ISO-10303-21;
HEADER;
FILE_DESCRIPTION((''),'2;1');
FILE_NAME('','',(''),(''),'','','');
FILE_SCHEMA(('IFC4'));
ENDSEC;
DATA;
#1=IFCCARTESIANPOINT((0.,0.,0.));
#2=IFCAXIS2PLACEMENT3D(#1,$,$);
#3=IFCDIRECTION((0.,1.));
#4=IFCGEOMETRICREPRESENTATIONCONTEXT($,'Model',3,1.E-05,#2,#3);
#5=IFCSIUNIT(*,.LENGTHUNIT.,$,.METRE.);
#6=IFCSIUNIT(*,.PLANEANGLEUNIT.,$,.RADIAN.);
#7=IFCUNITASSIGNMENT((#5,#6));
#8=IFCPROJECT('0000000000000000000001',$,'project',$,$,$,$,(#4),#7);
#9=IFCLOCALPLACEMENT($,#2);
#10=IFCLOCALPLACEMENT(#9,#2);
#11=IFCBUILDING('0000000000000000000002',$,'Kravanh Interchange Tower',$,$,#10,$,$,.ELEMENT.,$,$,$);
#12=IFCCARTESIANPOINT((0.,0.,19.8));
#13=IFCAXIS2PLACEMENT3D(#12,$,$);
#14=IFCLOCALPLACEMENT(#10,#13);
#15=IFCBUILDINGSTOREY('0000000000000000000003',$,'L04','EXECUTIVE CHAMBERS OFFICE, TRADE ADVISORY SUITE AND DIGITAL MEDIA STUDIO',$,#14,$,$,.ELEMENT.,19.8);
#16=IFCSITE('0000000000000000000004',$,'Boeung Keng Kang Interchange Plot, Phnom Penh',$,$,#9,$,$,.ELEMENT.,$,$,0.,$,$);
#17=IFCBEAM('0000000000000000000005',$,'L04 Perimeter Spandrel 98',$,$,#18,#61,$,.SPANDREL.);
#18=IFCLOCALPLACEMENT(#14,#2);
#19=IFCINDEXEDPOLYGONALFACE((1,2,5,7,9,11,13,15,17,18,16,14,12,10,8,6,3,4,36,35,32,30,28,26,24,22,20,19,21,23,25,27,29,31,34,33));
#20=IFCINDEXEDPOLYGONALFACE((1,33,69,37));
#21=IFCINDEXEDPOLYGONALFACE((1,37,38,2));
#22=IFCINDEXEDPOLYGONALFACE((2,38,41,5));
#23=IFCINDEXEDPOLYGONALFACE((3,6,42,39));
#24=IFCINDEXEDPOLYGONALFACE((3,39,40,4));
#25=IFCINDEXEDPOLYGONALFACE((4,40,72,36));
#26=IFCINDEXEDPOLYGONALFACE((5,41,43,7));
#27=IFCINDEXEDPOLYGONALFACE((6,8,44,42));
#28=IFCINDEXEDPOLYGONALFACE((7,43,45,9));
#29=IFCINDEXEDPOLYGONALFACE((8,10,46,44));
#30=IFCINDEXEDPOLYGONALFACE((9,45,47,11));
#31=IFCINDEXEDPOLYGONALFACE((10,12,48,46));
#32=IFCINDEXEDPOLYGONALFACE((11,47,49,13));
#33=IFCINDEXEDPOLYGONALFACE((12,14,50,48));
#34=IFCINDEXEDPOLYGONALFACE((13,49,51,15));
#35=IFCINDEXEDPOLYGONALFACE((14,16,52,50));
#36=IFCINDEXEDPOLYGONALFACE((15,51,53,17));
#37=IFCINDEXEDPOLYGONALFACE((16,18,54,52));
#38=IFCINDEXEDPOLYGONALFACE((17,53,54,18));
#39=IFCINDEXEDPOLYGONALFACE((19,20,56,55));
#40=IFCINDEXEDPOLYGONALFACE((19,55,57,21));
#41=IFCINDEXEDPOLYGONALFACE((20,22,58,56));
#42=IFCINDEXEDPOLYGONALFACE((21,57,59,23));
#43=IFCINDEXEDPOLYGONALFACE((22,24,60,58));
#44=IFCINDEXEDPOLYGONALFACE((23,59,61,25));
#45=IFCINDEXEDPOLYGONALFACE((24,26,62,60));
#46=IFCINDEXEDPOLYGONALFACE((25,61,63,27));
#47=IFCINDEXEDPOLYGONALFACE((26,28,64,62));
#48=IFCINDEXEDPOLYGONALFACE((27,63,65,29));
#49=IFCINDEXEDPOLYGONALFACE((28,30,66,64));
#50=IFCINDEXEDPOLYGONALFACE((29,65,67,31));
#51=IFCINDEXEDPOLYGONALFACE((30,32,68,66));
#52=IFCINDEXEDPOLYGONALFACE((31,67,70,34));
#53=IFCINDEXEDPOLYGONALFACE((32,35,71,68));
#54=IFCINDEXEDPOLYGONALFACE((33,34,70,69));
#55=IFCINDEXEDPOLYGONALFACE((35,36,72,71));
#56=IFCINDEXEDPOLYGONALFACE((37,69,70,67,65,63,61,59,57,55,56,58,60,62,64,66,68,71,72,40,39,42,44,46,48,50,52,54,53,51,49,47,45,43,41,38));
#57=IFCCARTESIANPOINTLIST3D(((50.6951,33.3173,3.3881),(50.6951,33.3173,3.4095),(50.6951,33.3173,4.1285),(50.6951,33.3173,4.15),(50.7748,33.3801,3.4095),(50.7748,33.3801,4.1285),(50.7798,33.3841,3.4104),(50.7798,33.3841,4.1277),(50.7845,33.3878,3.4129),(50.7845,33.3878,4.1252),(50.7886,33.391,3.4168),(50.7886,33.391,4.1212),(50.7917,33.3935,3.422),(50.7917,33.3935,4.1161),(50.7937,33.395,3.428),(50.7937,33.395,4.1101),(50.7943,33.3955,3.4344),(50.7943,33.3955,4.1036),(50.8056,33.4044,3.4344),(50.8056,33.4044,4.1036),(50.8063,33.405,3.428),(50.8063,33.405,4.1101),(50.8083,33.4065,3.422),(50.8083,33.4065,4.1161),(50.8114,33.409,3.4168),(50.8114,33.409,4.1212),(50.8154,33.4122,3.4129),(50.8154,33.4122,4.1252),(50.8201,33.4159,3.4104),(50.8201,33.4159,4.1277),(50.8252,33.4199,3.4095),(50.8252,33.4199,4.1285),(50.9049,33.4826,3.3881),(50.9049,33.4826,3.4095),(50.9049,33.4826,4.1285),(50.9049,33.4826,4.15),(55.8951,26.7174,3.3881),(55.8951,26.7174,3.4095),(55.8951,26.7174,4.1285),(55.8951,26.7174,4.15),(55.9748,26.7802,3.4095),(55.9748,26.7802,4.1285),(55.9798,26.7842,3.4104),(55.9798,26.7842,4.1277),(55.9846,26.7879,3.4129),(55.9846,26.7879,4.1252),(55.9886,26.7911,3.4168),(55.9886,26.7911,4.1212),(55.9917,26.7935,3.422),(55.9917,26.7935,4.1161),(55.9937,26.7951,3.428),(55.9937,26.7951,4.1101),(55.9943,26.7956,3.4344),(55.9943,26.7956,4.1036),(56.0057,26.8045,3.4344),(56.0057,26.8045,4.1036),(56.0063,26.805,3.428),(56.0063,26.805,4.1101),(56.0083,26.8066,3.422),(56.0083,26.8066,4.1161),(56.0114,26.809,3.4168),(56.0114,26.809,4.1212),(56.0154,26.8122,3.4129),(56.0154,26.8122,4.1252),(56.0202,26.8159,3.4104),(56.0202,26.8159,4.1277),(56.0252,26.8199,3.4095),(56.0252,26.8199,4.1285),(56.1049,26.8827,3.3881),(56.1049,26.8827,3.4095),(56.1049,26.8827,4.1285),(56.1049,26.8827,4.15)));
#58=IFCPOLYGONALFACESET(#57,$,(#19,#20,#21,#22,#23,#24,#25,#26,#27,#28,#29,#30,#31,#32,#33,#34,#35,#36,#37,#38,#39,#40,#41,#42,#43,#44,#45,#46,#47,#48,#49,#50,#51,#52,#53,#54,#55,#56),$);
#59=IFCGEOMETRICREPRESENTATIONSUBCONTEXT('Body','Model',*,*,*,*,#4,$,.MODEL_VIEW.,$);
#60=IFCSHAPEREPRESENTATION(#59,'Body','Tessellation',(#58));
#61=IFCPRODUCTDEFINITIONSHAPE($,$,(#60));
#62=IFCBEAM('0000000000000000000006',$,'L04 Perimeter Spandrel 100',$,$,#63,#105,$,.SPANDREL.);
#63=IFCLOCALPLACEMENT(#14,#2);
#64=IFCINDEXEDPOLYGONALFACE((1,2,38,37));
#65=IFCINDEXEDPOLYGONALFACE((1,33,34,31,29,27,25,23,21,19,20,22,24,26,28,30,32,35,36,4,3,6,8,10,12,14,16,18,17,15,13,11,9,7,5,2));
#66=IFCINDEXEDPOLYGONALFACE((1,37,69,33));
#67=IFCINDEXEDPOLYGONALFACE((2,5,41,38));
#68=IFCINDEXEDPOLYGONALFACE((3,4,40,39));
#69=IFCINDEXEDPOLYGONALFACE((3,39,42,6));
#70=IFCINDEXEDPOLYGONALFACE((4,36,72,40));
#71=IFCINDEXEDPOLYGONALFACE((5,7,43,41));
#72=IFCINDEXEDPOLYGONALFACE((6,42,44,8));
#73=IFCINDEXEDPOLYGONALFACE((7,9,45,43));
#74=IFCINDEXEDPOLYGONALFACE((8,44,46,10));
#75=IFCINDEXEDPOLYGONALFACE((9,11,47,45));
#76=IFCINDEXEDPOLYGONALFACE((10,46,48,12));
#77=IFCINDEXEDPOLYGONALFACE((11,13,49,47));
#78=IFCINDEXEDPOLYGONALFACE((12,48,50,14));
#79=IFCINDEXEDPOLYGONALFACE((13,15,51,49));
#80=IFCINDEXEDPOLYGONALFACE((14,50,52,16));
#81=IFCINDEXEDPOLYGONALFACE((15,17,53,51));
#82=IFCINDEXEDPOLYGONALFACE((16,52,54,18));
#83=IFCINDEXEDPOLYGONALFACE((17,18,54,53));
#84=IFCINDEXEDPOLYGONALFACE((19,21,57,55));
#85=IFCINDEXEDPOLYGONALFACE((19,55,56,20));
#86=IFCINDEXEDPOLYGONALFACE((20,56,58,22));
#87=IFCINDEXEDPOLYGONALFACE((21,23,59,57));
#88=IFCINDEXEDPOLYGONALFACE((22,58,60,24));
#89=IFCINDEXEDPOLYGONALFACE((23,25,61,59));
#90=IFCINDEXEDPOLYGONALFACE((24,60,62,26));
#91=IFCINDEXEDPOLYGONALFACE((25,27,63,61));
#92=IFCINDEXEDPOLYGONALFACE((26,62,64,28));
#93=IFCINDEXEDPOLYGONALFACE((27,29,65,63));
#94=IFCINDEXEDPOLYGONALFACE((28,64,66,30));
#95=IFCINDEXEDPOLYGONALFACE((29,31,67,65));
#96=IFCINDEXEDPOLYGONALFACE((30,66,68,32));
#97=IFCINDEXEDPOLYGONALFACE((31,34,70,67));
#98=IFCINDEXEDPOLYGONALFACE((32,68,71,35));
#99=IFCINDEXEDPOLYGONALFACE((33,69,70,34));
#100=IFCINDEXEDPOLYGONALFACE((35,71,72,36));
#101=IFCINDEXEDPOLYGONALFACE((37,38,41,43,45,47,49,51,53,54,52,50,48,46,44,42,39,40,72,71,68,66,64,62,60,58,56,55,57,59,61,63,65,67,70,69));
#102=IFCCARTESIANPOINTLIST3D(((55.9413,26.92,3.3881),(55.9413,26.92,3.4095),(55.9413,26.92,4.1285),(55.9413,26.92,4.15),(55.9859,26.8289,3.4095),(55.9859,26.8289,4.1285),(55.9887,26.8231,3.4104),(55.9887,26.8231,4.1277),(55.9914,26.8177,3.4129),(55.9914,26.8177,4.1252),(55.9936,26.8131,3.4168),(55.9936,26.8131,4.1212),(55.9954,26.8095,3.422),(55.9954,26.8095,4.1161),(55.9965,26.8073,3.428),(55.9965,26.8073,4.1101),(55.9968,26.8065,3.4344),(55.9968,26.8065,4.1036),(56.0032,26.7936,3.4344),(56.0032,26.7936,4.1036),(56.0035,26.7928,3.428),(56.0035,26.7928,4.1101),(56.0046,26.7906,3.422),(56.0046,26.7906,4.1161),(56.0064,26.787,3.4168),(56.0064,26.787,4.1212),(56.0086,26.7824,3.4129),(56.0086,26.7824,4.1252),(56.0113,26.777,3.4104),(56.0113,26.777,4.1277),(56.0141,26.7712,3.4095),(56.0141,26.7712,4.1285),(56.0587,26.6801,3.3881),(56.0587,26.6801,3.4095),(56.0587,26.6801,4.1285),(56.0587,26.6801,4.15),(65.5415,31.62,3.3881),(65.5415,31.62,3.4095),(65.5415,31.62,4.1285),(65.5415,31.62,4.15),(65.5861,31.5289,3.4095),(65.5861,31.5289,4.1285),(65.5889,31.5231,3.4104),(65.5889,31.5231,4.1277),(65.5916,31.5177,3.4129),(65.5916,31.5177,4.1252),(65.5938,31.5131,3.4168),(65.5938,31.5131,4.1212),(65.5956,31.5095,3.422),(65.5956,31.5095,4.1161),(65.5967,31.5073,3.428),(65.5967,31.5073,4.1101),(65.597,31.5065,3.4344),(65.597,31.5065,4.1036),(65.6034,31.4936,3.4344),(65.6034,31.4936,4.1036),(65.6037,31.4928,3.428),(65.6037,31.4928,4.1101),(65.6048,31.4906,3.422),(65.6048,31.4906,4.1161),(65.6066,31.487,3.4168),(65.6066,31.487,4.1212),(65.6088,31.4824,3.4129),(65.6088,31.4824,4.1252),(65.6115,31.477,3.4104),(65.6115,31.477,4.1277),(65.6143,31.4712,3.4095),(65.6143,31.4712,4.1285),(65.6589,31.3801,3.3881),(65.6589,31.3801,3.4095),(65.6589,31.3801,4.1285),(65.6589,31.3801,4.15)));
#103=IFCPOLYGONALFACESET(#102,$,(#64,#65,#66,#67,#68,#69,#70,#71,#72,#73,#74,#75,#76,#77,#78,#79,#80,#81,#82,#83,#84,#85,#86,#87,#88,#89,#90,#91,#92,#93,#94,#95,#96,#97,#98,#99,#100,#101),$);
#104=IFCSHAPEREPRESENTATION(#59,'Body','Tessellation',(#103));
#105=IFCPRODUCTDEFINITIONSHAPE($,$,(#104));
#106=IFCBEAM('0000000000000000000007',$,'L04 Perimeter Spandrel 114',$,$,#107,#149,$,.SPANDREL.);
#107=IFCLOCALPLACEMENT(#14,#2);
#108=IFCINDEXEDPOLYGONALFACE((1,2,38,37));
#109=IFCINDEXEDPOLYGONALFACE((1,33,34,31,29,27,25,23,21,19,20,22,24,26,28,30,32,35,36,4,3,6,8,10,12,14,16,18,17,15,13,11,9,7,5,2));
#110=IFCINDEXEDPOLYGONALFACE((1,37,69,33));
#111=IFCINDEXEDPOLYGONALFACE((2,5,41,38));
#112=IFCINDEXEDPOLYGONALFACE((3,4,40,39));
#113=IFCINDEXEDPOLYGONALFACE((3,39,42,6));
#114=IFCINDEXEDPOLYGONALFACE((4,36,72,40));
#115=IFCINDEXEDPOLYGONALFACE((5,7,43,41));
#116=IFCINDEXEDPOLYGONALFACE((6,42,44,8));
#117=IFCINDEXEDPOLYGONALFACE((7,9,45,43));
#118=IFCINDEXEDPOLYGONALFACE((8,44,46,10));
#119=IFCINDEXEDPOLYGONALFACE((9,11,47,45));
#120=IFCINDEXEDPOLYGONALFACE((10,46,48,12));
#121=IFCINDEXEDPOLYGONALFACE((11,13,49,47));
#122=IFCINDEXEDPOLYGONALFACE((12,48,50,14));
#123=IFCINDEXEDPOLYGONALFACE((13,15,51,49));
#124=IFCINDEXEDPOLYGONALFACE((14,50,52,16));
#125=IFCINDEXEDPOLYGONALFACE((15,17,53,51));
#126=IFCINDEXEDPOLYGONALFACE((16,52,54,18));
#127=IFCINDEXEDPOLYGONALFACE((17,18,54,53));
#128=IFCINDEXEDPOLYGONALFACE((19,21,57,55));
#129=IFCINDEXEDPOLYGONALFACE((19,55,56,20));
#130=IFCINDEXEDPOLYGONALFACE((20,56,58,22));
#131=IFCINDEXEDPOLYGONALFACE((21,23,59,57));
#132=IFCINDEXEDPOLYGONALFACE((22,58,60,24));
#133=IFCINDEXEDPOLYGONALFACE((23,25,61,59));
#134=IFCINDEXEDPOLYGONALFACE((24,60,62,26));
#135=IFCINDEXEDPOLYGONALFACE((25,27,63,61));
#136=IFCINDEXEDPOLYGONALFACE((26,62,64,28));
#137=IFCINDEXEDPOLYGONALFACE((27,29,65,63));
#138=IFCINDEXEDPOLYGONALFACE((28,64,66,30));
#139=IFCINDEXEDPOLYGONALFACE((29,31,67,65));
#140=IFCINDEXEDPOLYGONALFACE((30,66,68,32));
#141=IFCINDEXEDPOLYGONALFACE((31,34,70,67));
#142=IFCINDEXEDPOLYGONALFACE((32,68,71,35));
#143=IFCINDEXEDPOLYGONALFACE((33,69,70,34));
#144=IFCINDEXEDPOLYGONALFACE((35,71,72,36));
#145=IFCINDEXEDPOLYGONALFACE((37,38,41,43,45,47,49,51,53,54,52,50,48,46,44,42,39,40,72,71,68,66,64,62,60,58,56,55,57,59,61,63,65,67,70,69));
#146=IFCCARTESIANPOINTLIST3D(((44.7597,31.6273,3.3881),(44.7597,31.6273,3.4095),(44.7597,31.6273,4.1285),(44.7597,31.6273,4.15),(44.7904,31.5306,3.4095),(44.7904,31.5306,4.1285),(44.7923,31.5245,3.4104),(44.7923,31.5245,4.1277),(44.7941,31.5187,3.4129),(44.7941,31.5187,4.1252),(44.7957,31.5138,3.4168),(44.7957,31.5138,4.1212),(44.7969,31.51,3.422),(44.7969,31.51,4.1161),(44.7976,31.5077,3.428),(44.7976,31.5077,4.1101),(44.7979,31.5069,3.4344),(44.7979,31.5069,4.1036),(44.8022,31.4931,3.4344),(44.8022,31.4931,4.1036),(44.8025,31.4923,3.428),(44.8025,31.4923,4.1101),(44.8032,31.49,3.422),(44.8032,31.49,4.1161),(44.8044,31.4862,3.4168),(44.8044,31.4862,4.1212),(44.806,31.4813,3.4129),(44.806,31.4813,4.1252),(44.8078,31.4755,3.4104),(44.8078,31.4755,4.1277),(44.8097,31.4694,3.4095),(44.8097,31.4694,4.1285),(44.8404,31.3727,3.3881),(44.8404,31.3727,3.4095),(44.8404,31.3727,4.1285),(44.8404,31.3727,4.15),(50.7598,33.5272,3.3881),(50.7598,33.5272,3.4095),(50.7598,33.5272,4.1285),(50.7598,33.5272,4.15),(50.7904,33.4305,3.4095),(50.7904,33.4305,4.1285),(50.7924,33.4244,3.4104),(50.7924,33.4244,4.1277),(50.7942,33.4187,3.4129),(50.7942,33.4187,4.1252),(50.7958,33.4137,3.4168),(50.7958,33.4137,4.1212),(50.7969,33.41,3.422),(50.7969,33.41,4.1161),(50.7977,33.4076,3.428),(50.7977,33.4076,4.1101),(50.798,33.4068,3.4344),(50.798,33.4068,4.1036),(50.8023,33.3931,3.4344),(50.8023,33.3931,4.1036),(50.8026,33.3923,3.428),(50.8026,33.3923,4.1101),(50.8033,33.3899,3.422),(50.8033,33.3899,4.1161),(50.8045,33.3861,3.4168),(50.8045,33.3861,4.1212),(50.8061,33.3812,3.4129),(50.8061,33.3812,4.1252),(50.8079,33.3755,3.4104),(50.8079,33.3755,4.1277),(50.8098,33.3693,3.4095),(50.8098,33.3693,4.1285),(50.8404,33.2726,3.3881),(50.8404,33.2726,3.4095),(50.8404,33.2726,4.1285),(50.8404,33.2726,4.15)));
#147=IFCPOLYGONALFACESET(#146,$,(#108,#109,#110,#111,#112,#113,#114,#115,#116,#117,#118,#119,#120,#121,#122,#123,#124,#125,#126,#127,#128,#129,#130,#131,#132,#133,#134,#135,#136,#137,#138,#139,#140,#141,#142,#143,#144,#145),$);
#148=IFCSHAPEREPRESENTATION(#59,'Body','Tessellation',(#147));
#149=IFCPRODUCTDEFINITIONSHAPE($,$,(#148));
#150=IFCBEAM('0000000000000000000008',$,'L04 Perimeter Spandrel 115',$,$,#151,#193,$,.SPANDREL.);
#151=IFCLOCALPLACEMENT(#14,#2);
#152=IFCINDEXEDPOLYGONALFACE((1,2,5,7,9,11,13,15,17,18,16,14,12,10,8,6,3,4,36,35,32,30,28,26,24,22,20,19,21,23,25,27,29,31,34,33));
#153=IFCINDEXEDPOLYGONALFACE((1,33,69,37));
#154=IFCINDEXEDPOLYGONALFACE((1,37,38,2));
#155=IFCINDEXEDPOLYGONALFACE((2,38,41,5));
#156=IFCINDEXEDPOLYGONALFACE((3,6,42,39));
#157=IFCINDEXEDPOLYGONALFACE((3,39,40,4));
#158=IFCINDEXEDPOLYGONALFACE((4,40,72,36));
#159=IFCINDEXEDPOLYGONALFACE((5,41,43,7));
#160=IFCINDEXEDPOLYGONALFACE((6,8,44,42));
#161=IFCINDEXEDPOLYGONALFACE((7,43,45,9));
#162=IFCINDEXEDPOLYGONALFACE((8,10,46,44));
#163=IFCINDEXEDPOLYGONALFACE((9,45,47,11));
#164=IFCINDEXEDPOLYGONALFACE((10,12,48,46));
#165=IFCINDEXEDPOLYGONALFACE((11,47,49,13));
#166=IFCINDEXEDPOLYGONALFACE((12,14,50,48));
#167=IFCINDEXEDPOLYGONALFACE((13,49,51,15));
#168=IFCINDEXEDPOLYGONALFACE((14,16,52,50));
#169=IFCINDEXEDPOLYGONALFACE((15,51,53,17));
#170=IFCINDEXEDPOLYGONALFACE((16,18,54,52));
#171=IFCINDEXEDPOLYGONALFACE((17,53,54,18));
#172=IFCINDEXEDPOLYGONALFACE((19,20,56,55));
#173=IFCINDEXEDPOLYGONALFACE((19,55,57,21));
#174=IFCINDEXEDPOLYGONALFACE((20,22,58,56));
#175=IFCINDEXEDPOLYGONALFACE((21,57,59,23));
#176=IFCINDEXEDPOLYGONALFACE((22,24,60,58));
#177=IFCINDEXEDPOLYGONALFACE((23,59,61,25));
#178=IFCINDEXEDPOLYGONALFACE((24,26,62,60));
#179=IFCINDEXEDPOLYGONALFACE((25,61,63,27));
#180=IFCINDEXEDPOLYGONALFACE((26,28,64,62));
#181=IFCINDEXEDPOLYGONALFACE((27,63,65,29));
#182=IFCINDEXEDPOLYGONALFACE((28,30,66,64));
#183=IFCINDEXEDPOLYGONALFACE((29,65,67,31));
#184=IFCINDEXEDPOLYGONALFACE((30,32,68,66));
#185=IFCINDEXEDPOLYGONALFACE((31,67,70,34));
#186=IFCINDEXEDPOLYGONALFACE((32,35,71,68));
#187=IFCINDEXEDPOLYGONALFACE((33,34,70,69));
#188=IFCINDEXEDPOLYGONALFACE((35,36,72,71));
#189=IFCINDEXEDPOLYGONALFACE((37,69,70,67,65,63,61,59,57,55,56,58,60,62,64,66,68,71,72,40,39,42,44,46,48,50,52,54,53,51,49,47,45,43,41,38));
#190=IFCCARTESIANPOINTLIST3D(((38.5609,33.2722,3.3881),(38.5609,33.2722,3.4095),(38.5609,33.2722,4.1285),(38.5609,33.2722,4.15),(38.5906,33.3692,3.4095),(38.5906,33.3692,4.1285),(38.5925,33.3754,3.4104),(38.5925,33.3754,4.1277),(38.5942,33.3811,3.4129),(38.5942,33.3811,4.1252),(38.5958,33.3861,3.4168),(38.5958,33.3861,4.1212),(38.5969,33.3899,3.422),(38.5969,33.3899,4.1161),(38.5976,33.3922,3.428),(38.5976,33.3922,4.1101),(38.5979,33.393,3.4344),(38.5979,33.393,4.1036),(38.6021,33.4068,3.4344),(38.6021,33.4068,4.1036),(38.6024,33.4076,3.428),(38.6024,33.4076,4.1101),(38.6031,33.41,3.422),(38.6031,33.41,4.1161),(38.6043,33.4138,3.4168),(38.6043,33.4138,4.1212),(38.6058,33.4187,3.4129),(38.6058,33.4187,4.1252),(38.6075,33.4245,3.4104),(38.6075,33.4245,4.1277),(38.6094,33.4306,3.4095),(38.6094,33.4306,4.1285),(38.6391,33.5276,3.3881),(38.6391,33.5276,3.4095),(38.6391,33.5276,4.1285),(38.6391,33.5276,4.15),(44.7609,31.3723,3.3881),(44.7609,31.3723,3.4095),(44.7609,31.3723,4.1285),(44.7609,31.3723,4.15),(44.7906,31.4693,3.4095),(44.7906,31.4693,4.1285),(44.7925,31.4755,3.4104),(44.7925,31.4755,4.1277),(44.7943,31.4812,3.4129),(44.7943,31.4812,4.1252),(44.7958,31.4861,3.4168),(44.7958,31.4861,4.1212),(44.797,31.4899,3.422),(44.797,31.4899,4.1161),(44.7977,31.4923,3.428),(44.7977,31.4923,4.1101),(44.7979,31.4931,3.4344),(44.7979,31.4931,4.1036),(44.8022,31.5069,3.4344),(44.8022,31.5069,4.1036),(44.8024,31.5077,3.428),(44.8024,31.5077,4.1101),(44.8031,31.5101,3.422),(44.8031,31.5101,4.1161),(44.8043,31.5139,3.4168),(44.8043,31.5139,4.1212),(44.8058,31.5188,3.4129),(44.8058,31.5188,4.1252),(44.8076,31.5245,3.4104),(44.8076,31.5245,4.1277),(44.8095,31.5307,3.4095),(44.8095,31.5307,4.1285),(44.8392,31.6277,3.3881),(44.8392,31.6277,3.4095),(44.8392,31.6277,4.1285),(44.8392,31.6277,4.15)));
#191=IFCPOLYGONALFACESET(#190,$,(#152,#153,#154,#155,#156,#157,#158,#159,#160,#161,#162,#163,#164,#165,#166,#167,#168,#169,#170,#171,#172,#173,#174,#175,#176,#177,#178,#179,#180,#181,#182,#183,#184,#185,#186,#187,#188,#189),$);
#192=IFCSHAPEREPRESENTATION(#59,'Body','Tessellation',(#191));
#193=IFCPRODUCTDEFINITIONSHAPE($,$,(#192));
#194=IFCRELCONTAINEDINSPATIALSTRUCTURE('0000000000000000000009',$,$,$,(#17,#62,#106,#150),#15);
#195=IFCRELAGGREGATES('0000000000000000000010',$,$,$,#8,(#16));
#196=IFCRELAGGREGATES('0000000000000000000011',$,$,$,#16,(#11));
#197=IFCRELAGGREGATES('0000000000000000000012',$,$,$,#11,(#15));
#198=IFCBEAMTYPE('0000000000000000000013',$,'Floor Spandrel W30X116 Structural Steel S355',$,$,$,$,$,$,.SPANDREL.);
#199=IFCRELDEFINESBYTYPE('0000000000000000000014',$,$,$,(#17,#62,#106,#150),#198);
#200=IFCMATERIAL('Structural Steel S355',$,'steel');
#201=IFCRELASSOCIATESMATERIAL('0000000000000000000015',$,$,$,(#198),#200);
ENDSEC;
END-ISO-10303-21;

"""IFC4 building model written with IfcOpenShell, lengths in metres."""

from ifc_helpers import new_model, si_unit, direction, frame, origin, origin_2d, place, context, subcontext, project, spatial, i_section, extrude, material, material_profile, profile_set, type_object, element, save


model = new_model("IFC4")

# Units and contexts
model_context = context("Model", 3, precision=1e-05, world=origin(), true_north=direction((0.0, 1.0)))
body_context = subcontext(model_context, "Body", "Model", "MODEL_VIEW")
ifc_project = project(units=[si_unit("LENGTHUNIT", "METRE"), si_unit("PLANEANGLEUNIT", "RADIAN")], contexts=[model_context])

# Site, building, storey
site_placement = place(None, origin())
site = spatial("IfcSite", under=ifc_project, at=site_placement, Name="Boeung Keng Kang Interchange Plot, Phnom Penh", CompositionType="ELEMENT", RefElevation=0.0)
building_placement = place(site_placement, origin())
building = spatial("IfcBuilding", under=site, at=building_placement, Name="Kravanh Interchange Tower", CompositionType="ELEMENT")
storey_placement = place(building_placement, frame((0.0, 0.0, 19.8)))
storey = spatial("IfcBuildingStorey", under=building, at=storey_placement, Name="L04", Description="EXECUTIVE CHAMBERS OFFICE, TRADE ADVISORY SUITE AND DIGITAL MEDIA STUDIO", CompositionType="ELEMENT", Elevation=19.8)

# Beams
ifc_material_1 = material(Name="Structural Steel S355", Category="steel")
ifc_material_profile_1 = material_profile(ifc_material_1, i_section(OverallWidth=0.2671, OverallDepth=0.762, WebThickness=0.0144, FlangeThickness=0.0215, FilletRadius=0.0249, at=origin_2d()), Name="W30X116")
ifc_profile_set_1 = profile_set([ifc_material_profile_1], Name="Structural Steel S355")
beam_type_1 = type_object("IfcBeamType", Name="Floor Spandrel W30X116 Structural Steel S355", PredefinedType="SPANDREL", material=ifc_profile_set_1)
beam_1_placement = place(storey_placement, frame((56.0, 26.8, 3.769), z_axis=(-0.618877, 0.785488, 0.0), x_axis=(-0.785488, -0.618877, 0.0)))
element("IfcBeam", 1, at=beam_1_placement, inside=storey, type_object=beam_type_1, Name="L04 Perimeter Spandrel 98", PredefinedType="SPANDREL", context=body_context, shape_type="SweptSolid", body=[
    extrude(i_section(OverallWidth=0.2671, OverallDepth=0.762, WebThickness=0.0144, FlangeThickness=0.0215, FilletRadius=0.0249, at=origin_2d()), origin(), (0.0, 0.0, 1.0), 8.4023),
])
beam_2_placement = place(storey_placement, frame((56.0, 26.8, 3.769), z_axis=(0.898142, 0.439706, 0.0), x_axis=(-0.439706, 0.898142, 0.0)))
element("IfcBeam", 2, at=beam_2_placement, inside=storey, type_object=beam_type_1, Name="L04 Perimeter Spandrel 100", PredefinedType="SPANDREL", context=body_context, shape_type="SweptSolid", body=[
    extrude(i_section(OverallWidth=0.2671, OverallDepth=0.762, WebThickness=0.0144, FlangeThickness=0.0215, FilletRadius=0.0249, at=origin_2d()), origin(), (0.0, 0.0, 1.0), 10.689),
])
beam_3_placement = place(storey_placement, frame((44.8, 31.5, 3.769), z_axis=(0.953347, 0.301878, 0.0), x_axis=(-0.301878, 0.953347, 0.0)))
element("IfcBeam", 3, at=beam_3_placement, inside=storey, type_object=beam_type_1, Name="L04 Perimeter Spandrel 114", PredefinedType="SPANDREL", context=body_context, shape_type="SweptSolid", body=[
    extrude(i_section(OverallWidth=0.2671, OverallDepth=0.762, WebThickness=0.0144, FlangeThickness=0.0215, FilletRadius=0.0249, at=origin_2d()), origin(), (0.0, 0.0, 1.0), 6.2937),
])
beam_4_placement = place(storey_placement, frame((44.8, 31.5, 3.769), z_axis=(-0.956115, 0.29299, 0.0), x_axis=(-0.29299, -0.956115, 0.0)))
element("IfcBeam", 4, at=beam_4_placement, inside=storey, type_object=beam_type_1, Name="L04 Perimeter Spandrel 115", PredefinedType="SPANDREL", context=body_context, shape_type="SweptSolid", body=[
    extrude(i_section(OverallWidth=0.2671, OverallDepth=0.762, WebThickness=0.0144, FlangeThickness=0.0215, FilletRadius=0.0249, at=origin_2d()), origin(), (0.0, 0.0, 1.0), 6.4846),
])

save(model, "model.ifc")
